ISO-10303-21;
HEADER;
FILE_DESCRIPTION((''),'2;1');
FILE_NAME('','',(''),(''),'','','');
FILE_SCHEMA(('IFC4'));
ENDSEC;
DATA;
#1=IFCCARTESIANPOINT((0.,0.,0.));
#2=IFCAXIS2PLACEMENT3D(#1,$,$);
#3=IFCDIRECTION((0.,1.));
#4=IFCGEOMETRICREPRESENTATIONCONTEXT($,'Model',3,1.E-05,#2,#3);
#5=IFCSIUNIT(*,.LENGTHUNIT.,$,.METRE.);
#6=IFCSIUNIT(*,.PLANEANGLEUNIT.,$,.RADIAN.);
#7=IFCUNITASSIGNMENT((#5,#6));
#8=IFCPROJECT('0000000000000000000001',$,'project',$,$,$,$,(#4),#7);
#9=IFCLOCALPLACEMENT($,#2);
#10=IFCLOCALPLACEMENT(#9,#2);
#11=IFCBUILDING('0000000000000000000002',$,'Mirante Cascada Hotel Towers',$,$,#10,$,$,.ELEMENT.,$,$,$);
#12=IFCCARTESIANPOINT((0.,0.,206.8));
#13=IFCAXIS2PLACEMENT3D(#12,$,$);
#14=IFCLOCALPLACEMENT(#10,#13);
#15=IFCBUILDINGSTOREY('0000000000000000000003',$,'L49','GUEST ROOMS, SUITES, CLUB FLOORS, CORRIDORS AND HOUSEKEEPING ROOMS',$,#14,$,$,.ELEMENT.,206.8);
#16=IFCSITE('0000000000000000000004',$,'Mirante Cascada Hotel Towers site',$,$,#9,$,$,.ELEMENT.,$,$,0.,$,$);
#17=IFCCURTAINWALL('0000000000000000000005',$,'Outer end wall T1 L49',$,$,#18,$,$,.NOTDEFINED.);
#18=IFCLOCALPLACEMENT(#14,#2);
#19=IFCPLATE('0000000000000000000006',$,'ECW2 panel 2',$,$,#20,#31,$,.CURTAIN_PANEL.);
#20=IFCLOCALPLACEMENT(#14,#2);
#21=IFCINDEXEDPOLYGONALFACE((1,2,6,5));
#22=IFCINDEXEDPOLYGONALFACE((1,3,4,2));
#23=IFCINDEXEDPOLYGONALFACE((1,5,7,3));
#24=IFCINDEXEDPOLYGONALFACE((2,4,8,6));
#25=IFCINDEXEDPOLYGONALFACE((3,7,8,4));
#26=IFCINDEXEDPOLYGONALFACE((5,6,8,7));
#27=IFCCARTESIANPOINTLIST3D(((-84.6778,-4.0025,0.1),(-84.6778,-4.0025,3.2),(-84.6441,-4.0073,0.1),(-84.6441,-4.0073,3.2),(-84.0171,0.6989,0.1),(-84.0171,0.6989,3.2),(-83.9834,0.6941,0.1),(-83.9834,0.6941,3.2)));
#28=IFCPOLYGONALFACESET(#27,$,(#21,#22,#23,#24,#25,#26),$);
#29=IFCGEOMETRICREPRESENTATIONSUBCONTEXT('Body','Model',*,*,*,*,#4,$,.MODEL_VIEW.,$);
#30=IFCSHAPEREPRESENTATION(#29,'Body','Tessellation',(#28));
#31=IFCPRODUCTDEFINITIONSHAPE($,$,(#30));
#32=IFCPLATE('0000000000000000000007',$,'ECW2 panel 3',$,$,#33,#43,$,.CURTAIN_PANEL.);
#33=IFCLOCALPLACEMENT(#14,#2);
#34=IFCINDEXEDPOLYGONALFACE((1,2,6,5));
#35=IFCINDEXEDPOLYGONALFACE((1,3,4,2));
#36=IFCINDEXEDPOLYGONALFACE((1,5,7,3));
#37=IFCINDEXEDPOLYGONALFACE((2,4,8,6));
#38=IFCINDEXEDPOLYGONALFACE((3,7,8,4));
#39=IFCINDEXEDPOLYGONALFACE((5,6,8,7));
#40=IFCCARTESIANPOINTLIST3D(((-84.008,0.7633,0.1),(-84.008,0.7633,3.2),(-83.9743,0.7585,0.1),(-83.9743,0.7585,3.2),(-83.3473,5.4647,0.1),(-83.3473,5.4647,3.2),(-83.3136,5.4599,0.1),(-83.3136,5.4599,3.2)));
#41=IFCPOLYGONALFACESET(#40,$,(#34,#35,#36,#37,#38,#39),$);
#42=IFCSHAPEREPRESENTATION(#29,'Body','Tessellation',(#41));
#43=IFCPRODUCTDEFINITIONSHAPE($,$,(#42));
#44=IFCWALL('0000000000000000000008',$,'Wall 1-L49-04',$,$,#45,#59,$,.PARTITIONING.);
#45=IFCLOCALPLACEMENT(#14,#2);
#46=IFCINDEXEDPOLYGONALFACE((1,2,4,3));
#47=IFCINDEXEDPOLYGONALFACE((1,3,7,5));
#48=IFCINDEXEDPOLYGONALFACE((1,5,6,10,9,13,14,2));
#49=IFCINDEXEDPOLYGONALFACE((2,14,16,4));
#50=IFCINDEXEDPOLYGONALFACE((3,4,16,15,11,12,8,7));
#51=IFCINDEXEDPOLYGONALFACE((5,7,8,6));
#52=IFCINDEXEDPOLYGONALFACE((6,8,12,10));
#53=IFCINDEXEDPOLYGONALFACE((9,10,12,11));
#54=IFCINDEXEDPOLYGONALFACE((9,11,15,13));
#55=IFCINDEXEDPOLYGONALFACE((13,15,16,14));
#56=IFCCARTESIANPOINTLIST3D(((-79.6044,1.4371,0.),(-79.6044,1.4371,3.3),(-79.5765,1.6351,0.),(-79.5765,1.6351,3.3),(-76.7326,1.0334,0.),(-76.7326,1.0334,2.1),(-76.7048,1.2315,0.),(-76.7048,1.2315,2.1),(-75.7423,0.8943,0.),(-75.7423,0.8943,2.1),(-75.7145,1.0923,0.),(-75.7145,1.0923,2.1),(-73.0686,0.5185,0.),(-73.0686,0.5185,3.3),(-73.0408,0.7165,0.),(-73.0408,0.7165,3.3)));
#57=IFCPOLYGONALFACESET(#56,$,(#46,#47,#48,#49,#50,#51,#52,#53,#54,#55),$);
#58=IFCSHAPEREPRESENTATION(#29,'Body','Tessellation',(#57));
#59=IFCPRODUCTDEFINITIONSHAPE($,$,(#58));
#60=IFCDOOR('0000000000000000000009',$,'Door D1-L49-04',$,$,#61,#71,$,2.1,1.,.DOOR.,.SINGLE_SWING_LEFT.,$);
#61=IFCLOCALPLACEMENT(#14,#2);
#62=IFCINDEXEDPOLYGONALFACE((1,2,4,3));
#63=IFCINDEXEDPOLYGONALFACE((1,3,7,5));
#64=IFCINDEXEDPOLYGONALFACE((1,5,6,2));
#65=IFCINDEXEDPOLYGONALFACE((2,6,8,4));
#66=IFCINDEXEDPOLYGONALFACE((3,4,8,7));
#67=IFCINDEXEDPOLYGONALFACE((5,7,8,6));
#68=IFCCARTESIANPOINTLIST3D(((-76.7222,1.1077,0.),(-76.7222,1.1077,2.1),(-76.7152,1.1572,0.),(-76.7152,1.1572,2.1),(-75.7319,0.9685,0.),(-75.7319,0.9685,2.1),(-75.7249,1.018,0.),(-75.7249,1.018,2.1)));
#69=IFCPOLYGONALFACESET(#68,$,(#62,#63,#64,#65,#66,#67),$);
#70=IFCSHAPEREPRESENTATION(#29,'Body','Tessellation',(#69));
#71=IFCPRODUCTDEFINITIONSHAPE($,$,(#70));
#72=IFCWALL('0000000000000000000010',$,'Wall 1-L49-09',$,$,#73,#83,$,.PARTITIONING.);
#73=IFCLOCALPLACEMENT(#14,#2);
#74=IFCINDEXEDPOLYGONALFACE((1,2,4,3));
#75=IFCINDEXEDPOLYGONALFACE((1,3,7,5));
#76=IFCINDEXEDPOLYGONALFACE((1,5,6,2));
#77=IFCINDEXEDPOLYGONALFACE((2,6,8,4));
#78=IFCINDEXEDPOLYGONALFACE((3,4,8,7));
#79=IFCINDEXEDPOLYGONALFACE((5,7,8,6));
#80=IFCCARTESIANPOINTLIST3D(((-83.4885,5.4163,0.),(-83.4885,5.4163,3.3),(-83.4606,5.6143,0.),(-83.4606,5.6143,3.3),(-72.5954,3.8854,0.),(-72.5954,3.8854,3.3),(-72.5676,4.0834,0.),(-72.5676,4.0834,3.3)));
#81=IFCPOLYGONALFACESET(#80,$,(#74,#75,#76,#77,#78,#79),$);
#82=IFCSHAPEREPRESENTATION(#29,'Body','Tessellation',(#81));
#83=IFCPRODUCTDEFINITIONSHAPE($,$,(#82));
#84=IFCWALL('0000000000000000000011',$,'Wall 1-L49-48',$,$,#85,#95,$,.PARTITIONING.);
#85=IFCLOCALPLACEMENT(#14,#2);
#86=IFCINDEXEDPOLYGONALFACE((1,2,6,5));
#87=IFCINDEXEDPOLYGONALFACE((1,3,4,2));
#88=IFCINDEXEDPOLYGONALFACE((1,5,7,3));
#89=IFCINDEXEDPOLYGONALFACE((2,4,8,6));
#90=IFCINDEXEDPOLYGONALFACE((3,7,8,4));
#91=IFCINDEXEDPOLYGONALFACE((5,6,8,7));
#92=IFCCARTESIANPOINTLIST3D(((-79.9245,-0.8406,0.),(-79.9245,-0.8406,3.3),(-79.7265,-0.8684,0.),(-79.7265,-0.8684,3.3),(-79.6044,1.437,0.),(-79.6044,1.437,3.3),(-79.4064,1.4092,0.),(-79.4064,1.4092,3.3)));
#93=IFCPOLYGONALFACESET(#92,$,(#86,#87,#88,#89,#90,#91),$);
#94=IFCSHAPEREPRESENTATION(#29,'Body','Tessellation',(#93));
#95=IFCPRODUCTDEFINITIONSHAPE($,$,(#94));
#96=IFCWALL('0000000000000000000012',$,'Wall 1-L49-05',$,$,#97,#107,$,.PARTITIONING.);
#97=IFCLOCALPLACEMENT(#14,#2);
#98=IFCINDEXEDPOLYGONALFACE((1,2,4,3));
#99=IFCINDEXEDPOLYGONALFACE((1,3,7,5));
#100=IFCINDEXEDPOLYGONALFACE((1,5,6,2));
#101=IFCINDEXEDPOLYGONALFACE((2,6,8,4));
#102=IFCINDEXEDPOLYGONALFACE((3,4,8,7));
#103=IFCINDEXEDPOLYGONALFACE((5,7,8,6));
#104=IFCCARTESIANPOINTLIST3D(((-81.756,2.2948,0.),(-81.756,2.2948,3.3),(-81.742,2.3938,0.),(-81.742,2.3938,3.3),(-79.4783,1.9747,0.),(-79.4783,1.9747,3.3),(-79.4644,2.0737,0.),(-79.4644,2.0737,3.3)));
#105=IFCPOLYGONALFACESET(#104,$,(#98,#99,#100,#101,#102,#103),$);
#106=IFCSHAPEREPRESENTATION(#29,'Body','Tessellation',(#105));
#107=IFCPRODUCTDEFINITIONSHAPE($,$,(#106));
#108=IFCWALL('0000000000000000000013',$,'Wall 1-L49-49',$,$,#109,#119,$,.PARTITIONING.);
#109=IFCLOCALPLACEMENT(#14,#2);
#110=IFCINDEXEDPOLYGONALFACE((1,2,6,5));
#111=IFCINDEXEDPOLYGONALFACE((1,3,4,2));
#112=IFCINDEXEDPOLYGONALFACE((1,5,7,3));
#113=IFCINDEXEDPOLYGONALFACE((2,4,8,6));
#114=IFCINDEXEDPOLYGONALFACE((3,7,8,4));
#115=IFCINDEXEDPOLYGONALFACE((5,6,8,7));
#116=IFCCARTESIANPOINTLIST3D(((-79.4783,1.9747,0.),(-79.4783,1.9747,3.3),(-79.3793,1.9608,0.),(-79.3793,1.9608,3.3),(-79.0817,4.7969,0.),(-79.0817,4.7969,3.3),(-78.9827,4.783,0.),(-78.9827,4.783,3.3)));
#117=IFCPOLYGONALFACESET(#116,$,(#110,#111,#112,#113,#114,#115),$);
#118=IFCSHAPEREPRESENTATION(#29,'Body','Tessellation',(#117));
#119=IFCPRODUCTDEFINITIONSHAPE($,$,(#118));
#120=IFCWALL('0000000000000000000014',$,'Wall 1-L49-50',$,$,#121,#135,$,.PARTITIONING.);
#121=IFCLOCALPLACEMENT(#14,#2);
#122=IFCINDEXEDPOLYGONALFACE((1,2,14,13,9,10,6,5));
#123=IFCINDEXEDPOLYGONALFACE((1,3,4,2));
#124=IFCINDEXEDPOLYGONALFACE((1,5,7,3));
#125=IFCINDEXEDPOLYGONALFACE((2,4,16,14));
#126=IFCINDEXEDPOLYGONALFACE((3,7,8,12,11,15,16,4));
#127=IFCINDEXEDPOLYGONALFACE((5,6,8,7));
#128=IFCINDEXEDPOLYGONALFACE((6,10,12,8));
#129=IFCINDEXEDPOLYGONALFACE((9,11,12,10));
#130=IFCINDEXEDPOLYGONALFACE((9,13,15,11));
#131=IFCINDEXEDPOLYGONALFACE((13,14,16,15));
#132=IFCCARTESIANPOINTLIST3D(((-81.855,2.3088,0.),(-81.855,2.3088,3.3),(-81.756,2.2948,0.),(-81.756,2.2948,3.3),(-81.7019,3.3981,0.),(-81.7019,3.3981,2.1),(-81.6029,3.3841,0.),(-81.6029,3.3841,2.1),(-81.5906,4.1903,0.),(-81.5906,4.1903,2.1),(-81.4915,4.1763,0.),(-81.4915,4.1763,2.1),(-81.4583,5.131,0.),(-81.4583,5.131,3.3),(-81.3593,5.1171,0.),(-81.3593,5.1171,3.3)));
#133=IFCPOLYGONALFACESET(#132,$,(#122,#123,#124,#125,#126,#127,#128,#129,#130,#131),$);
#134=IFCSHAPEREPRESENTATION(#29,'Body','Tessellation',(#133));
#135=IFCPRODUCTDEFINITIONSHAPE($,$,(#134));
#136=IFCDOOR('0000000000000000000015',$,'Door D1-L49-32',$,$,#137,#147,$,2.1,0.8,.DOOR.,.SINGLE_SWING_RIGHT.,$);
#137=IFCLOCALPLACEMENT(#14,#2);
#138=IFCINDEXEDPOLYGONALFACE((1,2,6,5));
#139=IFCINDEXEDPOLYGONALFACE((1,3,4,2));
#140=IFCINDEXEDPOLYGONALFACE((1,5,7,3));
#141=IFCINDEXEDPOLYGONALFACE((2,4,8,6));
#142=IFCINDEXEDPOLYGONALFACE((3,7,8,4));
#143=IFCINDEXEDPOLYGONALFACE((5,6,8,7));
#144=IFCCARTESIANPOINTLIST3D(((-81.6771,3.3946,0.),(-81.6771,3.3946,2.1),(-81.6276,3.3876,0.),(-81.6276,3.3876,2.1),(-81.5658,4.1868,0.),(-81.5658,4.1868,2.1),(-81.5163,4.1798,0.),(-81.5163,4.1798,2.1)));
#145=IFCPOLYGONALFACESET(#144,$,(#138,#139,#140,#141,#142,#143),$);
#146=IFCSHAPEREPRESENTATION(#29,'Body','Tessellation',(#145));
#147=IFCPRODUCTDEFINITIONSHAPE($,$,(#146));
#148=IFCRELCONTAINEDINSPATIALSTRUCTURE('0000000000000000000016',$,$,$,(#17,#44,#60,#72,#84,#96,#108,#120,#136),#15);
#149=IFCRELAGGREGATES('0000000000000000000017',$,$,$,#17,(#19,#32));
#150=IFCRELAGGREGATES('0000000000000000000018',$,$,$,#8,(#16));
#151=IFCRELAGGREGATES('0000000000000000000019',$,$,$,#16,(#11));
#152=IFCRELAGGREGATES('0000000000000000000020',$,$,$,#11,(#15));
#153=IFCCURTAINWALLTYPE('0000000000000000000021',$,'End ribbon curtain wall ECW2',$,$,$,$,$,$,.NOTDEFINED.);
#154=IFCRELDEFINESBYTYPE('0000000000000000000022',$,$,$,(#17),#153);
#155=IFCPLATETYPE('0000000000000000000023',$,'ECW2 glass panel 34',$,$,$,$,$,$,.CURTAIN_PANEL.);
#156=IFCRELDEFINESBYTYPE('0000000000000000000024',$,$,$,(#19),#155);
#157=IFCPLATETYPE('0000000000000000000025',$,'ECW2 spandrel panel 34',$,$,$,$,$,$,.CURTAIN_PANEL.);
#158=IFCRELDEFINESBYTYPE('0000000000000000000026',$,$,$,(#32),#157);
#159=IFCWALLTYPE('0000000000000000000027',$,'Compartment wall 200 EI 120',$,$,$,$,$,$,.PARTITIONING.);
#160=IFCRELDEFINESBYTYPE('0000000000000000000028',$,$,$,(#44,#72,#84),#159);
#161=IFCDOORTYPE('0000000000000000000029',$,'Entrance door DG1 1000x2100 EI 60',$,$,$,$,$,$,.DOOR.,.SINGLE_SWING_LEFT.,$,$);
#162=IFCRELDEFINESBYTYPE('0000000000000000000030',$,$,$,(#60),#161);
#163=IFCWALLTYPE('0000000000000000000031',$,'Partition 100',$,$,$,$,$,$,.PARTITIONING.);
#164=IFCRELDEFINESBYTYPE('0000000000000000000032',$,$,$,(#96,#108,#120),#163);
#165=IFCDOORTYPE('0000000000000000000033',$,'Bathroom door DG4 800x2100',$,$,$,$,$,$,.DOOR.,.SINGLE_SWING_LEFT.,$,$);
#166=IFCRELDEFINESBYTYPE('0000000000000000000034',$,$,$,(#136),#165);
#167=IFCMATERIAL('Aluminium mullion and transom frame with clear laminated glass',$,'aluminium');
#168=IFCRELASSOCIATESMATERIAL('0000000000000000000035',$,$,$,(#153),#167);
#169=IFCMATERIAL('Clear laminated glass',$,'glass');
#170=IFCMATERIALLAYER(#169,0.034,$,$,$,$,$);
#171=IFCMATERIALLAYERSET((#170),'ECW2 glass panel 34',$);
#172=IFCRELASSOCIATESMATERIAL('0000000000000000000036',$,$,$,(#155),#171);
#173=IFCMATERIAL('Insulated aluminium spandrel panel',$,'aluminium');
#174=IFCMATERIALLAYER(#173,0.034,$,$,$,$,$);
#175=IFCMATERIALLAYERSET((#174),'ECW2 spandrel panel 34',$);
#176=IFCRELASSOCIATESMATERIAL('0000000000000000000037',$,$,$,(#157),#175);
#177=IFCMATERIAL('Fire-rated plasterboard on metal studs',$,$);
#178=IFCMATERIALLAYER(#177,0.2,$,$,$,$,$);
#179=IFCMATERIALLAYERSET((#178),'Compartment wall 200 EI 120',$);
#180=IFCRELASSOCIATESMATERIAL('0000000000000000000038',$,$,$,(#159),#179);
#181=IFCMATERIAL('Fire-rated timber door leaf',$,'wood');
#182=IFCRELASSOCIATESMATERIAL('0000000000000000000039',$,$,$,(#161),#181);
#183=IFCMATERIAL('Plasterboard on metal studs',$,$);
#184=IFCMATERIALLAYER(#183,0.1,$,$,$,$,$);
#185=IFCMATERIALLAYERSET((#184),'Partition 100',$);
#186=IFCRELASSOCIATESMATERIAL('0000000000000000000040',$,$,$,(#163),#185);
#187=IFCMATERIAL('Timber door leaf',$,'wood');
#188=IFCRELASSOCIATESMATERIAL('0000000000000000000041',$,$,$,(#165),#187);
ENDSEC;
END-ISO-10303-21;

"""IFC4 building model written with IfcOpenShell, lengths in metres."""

from ifc_helpers import new_model, si_unit, direction, frame, frame_2d, origin, origin_2d, place, context, subcontext, project, spatial, rectangle, extrude, material, layer, layer_set, type_object, element, fill, aggregate, save


model = new_model("IFC4")

# Units and contexts
model_context = context("Model", 3, precision=1e-05, world=origin(), true_north=direction((0.0, 1.0)))
body_context = subcontext(model_context, "Body", "Model", "MODEL_VIEW")
ifc_project = project(units=[si_unit("LENGTHUNIT", "METRE"), si_unit("PLANEANGLEUNIT", "RADIAN")], contexts=[model_context])

# Site, building, storey
site_placement = place(None, origin())
site = spatial("IfcSite", under=ifc_project, at=site_placement, Name="Mirante Cascada Hotel Towers site", CompositionType="ELEMENT", RefElevation=0.0)
building_placement = place(site_placement, origin())
building = spatial("IfcBuilding", under=site, at=building_placement, Name="Mirante Cascada Hotel Towers", CompositionType="ELEMENT")
storey_placement = place(building_placement, frame((0.0, 0.0, 206.8)))
storey = spatial("IfcBuildingStorey", under=building, at=storey_placement, Name="L49", Description="GUEST ROOMS, SUITES, CLUB FLOORS, CORRIDORS AND HOUSEKEEPING ROOMS", CompositionType="ELEMENT", Elevation=206.8)

# Curtain wall, plates
ifc_material_1 = material(Name="Aluminium mullion and transom frame with clear laminated glass", Category="aluminium")
curtain_wall_type = type_object("IfcCurtainWallType", Name="End ribbon curtain wall ECW2", PredefinedType="NOTDEFINED", material=ifc_material_1)
curtain_wall_placement = place(storey_placement, origin())
curtain_wall = element("IfcCurtainWall", 1, at=curtain_wall_placement, inside=storey, type_object=curtain_wall_type, Name="Outer end wall T1 L49", PredefinedType="NOTDEFINED")
ifc_material_2 = material(Name="Clear laminated glass", Category="glass")
ifc_layer_1 = layer(ifc_material_2, 0.034)
ifc_layer_set_1 = layer_set([ifc_layer_1], Name="ECW2 glass panel 34")
plate_type_1 = type_object("IfcPlateType", Name="ECW2 glass panel 34", PredefinedType="CURTAIN_PANEL", material=ifc_layer_set_1)
plate_1_placement = place(storey_placement, frame((-84.3306, -1.6542, 0.1), z_axis=(0.0, 0.0, 1.0), x_axis=(0.139173, 0.990268, 0.0)))
plate_1 = element("IfcPlate", 2, at=plate_1_placement, type_object=plate_type_1, Name="ECW2 panel 2", PredefinedType="CURTAIN_PANEL", context=body_context, shape_type="SweptSolid", body=[
    extrude(rectangle(XDim=4.7476, YDim=0.034, at=origin_2d()), origin(), (0.0, 0.0, 1.0), 3.1),
])
ifc_material_3 = material(Name="Insulated aluminium spandrel panel", Category="aluminium")
ifc_layer_2 = layer(ifc_material_3, 0.034)
ifc_layer_set_2 = layer_set([ifc_layer_2], Name="ECW2 spandrel panel 34")
plate_type_2 = type_object("IfcPlateType", Name="ECW2 spandrel panel 34", PredefinedType="CURTAIN_PANEL", material=ifc_layer_set_2)
plate_2_placement = place(storey_placement, frame((-83.6608, 3.1116, 0.1), z_axis=(0.0, 0.0, 1.0), x_axis=(0.139173, 0.990268, 0.0)))
plate_2 = element("IfcPlate", 3, at=plate_2_placement, type_object=plate_type_2, Name="ECW2 panel 3", PredefinedType="CURTAIN_PANEL", context=body_context, shape_type="SweptSolid", body=[
    extrude(rectangle(XDim=4.7476, YDim=0.034, at=origin_2d()), origin(), (0.0, 0.0, 1.0), 3.1),
])
aggregate(curtain_wall, [plate_1, plate_2])

# Wall, opening, door
ifc_material_4 = material(Name="Fire-rated plasterboard on metal studs")
ifc_layer_3 = layer(ifc_material_4, 0.2)
ifc_layer_set_3 = layer_set([ifc_layer_3], Name="Compartment wall 200 EI 120")
wall_type_1 = type_object("IfcWallType", Name="Compartment wall 200 EI 120", PredefinedType="PARTITIONING", material=ifc_layer_set_3)
wall_1_placement = place(storey_placement, frame((-73.0547, 0.6175, 0.0), z_axis=(0.0, 0.0, 1.0), x_axis=(-0.990267, 0.139181, 0.0)))
wall_1 = element("IfcWall", 4, at=wall_1_placement, inside=storey, type_object=wall_type_1, Name="Wall 1-L49-04", PredefinedType="PARTITIONING", context=body_context, shape_type="SweptSolid", body=[
    extrude(rectangle(XDim=6.6, YDim=0.2, at=frame_2d((3.3, 0.0))), origin(), (0.0, 0.0, 1.0), 3.3),
])
opening_1_placement = place(wall_1_placement, frame((2.7, 0.0, 0.0)))
opening_1 = element("IfcOpeningElement", 5, at=opening_1_placement, cuts=wall_1, PredefinedType="OPENING", context=body_context, shape_type="SweptSolid", body=[
    extrude(rectangle(XDim=1.0, YDim=2.1, at=frame_2d((0.5, 1.05))), frame((0.0, 0.1, 0.0), z_axis=(0.0, -1.0, 0.0), x_axis=(1.0, 0.0, 0.0)), (0.0, 0.0, 1.0), 0.2),
])
ifc_material_5 = material(Name="Fire-rated timber door leaf", Category="wood")
door_type_1 = type_object("IfcDoorType", Name="Entrance door DG1 1000x2100 EI 60", OperationType="SINGLE_SWING_LEFT", PredefinedType="DOOR", material=ifc_material_5)
door_1_placement = place(opening_1_placement, origin())
door_1 = element("IfcDoor", 6, at=door_1_placement, inside=storey, type_object=door_type_1, Name="Door D1-L49-04", OperationType="SINGLE_SWING_LEFT", OverallHeight=2.1, OverallWidth=1.0, PredefinedType="DOOR", context=body_context, shape_type="SweptSolid", body=[
    extrude(rectangle(XDim=1.0, YDim=2.1, at=frame_2d((0.5, 1.05))), frame((0.0, 0.025, 0.0), z_axis=(0.0, -1.0, 0.0), x_axis=(1.0, 0.0, 0.0)), (0.0, 0.0, 1.0), 0.05),
])
fill(opening_1, door_1)

# Walls
wall_2_placement = place(storey_placement, frame((-83.4745, 5.5153, 0.0), z_axis=(0.0, 0.0, 1.0), x_axis=(0.990268, -0.139172, 0.0)))
element("IfcWall", 7, at=wall_2_placement, inside=storey, type_object=wall_type_1, Name="Wall 1-L49-09", PredefinedType="PARTITIONING", context=body_context, shape_type="SweptSolid", body=[
    extrude(rectangle(XDim=11.0001, YDim=0.2, at=frame_2d((5.5, 0.0))), origin(), (0.0, 0.0, 1.0), 3.3),
])
wall_3_placement = place(storey_placement, frame((-79.8255, -0.8545, 0.0), z_axis=(0.0, 0.0, 1.0), x_axis=(0.139175, 0.990268, 0.0)))
element("IfcWall", 8, at=wall_3_placement, inside=storey, type_object=wall_type_1, Name="Wall 1-L49-48", PredefinedType="PARTITIONING", context=body_context, shape_type="SweptSolid", body=[
    extrude(rectangle(XDim=2.3, YDim=0.2, at=frame_2d((1.15, 0.0))), origin(), (0.0, 0.0, 1.0), 3.3),
])
ifc_material_6 = material(Name="Plasterboard on metal studs")
ifc_layer_4 = layer(ifc_material_6, 0.1)
ifc_layer_set_4 = layer_set([ifc_layer_4], Name="Partition 100")
wall_type_2 = type_object("IfcWallType", Name="Partition 100", PredefinedType="PARTITIONING", material=ifc_layer_set_4)
wall_4_placement = place(storey_placement, frame((-81.749, 2.3443, 0.0), z_axis=(0.0, 0.0, 1.0), x_axis=(0.990268, -0.139175, 0.0)))
element("IfcWall", 9, at=wall_4_placement, inside=storey, type_object=wall_type_2, Name="Wall 1-L49-05", PredefinedType="PARTITIONING", context=body_context, shape_type="SweptSolid", body=[
    extrude(rectangle(XDim=2.3, YDim=0.1, at=frame_2d((1.15, 0.0))), origin(), (0.0, 0.0, 1.0), 3.3),
])
wall_5_placement = place(storey_placement, frame((-79.0322, 4.79, 0.0), z_axis=(0.0, 0.0, 1.0), x_axis=(-0.139161, -0.99027, 0.0)))
element("IfcWall", 10, at=wall_5_placement, inside=storey, type_object=wall_type_2, Name="Wall 1-L49-49", PredefinedType="PARTITIONING", context=body_context, shape_type="SweptSolid", body=[
    extrude(rectangle(XDim=2.8499, YDim=0.1, at=frame_2d((1.425, 0.0))), origin(), (0.0, 0.0, 1.0), 3.3),
])

# Wall, opening, door
wall_6_placement = place(storey_placement, frame((-81.8055, 2.3018, 0.0), z_axis=(0.0, 0.0, 1.0), x_axis=(0.139191, 0.990266, 0.0)))
wall_6 = element("IfcWall", 11, at=wall_6_placement, inside=storey, type_object=wall_type_2, Name="Wall 1-L49-50", PredefinedType="PARTITIONING", context=body_context, shape_type="SweptSolid", body=[
    extrude(rectangle(XDim=2.85, YDim=0.1, at=frame_2d((1.425, 0.0))), origin(), (0.0, 0.0, 1.0), 3.3),
])
opening_2_placement = place(wall_6_placement, frame((1.1, 0.0, 0.0)))
opening_2 = element("IfcOpeningElement", 12, at=opening_2_placement, cuts=wall_6, PredefinedType="OPENING", context=body_context, shape_type="SweptSolid", body=[
    extrude(rectangle(XDim=0.8, YDim=2.1, at=frame_2d((0.4, 1.05))), frame((0.0, 0.05, 0.0), z_axis=(0.0, -1.0, 0.0), x_axis=(1.0, 0.0, 0.0)), (0.0, 0.0, 1.0), 0.1),
])
ifc_material_7 = material(Name="Timber door leaf", Category="wood")
door_type_2 = type_object("IfcDoorType", Name="Bathroom door DG4 800x2100", OperationType="SINGLE_SWING_LEFT", PredefinedType="DOOR", material=ifc_material_7)
door_2_placement = place(opening_2_placement, frame((0.8, 0.0, 0.0), z_axis=(0.0, 0.0, 1.0), x_axis=(-1.0, 0.0, 0.0)))
door_2 = element("IfcDoor", 13, at=door_2_placement, inside=storey, type_object=door_type_2, Name="Door D1-L49-32", OperationType="SINGLE_SWING_RIGHT", OverallHeight=2.1, OverallWidth=0.8, PredefinedType="DOOR", context=body_context, shape_type="SweptSolid", body=[
    extrude(rectangle(XDim=0.8, YDim=2.1, at=frame_2d((0.4, 1.05))), frame((0.0, 0.025, 0.0), z_axis=(0.0, -1.0, 0.0), x_axis=(1.0, 0.0, 0.0)), (0.0, 0.0, 1.0), 0.05),
])
fill(opening_2, door_2)

save(model, "model.ifc")
